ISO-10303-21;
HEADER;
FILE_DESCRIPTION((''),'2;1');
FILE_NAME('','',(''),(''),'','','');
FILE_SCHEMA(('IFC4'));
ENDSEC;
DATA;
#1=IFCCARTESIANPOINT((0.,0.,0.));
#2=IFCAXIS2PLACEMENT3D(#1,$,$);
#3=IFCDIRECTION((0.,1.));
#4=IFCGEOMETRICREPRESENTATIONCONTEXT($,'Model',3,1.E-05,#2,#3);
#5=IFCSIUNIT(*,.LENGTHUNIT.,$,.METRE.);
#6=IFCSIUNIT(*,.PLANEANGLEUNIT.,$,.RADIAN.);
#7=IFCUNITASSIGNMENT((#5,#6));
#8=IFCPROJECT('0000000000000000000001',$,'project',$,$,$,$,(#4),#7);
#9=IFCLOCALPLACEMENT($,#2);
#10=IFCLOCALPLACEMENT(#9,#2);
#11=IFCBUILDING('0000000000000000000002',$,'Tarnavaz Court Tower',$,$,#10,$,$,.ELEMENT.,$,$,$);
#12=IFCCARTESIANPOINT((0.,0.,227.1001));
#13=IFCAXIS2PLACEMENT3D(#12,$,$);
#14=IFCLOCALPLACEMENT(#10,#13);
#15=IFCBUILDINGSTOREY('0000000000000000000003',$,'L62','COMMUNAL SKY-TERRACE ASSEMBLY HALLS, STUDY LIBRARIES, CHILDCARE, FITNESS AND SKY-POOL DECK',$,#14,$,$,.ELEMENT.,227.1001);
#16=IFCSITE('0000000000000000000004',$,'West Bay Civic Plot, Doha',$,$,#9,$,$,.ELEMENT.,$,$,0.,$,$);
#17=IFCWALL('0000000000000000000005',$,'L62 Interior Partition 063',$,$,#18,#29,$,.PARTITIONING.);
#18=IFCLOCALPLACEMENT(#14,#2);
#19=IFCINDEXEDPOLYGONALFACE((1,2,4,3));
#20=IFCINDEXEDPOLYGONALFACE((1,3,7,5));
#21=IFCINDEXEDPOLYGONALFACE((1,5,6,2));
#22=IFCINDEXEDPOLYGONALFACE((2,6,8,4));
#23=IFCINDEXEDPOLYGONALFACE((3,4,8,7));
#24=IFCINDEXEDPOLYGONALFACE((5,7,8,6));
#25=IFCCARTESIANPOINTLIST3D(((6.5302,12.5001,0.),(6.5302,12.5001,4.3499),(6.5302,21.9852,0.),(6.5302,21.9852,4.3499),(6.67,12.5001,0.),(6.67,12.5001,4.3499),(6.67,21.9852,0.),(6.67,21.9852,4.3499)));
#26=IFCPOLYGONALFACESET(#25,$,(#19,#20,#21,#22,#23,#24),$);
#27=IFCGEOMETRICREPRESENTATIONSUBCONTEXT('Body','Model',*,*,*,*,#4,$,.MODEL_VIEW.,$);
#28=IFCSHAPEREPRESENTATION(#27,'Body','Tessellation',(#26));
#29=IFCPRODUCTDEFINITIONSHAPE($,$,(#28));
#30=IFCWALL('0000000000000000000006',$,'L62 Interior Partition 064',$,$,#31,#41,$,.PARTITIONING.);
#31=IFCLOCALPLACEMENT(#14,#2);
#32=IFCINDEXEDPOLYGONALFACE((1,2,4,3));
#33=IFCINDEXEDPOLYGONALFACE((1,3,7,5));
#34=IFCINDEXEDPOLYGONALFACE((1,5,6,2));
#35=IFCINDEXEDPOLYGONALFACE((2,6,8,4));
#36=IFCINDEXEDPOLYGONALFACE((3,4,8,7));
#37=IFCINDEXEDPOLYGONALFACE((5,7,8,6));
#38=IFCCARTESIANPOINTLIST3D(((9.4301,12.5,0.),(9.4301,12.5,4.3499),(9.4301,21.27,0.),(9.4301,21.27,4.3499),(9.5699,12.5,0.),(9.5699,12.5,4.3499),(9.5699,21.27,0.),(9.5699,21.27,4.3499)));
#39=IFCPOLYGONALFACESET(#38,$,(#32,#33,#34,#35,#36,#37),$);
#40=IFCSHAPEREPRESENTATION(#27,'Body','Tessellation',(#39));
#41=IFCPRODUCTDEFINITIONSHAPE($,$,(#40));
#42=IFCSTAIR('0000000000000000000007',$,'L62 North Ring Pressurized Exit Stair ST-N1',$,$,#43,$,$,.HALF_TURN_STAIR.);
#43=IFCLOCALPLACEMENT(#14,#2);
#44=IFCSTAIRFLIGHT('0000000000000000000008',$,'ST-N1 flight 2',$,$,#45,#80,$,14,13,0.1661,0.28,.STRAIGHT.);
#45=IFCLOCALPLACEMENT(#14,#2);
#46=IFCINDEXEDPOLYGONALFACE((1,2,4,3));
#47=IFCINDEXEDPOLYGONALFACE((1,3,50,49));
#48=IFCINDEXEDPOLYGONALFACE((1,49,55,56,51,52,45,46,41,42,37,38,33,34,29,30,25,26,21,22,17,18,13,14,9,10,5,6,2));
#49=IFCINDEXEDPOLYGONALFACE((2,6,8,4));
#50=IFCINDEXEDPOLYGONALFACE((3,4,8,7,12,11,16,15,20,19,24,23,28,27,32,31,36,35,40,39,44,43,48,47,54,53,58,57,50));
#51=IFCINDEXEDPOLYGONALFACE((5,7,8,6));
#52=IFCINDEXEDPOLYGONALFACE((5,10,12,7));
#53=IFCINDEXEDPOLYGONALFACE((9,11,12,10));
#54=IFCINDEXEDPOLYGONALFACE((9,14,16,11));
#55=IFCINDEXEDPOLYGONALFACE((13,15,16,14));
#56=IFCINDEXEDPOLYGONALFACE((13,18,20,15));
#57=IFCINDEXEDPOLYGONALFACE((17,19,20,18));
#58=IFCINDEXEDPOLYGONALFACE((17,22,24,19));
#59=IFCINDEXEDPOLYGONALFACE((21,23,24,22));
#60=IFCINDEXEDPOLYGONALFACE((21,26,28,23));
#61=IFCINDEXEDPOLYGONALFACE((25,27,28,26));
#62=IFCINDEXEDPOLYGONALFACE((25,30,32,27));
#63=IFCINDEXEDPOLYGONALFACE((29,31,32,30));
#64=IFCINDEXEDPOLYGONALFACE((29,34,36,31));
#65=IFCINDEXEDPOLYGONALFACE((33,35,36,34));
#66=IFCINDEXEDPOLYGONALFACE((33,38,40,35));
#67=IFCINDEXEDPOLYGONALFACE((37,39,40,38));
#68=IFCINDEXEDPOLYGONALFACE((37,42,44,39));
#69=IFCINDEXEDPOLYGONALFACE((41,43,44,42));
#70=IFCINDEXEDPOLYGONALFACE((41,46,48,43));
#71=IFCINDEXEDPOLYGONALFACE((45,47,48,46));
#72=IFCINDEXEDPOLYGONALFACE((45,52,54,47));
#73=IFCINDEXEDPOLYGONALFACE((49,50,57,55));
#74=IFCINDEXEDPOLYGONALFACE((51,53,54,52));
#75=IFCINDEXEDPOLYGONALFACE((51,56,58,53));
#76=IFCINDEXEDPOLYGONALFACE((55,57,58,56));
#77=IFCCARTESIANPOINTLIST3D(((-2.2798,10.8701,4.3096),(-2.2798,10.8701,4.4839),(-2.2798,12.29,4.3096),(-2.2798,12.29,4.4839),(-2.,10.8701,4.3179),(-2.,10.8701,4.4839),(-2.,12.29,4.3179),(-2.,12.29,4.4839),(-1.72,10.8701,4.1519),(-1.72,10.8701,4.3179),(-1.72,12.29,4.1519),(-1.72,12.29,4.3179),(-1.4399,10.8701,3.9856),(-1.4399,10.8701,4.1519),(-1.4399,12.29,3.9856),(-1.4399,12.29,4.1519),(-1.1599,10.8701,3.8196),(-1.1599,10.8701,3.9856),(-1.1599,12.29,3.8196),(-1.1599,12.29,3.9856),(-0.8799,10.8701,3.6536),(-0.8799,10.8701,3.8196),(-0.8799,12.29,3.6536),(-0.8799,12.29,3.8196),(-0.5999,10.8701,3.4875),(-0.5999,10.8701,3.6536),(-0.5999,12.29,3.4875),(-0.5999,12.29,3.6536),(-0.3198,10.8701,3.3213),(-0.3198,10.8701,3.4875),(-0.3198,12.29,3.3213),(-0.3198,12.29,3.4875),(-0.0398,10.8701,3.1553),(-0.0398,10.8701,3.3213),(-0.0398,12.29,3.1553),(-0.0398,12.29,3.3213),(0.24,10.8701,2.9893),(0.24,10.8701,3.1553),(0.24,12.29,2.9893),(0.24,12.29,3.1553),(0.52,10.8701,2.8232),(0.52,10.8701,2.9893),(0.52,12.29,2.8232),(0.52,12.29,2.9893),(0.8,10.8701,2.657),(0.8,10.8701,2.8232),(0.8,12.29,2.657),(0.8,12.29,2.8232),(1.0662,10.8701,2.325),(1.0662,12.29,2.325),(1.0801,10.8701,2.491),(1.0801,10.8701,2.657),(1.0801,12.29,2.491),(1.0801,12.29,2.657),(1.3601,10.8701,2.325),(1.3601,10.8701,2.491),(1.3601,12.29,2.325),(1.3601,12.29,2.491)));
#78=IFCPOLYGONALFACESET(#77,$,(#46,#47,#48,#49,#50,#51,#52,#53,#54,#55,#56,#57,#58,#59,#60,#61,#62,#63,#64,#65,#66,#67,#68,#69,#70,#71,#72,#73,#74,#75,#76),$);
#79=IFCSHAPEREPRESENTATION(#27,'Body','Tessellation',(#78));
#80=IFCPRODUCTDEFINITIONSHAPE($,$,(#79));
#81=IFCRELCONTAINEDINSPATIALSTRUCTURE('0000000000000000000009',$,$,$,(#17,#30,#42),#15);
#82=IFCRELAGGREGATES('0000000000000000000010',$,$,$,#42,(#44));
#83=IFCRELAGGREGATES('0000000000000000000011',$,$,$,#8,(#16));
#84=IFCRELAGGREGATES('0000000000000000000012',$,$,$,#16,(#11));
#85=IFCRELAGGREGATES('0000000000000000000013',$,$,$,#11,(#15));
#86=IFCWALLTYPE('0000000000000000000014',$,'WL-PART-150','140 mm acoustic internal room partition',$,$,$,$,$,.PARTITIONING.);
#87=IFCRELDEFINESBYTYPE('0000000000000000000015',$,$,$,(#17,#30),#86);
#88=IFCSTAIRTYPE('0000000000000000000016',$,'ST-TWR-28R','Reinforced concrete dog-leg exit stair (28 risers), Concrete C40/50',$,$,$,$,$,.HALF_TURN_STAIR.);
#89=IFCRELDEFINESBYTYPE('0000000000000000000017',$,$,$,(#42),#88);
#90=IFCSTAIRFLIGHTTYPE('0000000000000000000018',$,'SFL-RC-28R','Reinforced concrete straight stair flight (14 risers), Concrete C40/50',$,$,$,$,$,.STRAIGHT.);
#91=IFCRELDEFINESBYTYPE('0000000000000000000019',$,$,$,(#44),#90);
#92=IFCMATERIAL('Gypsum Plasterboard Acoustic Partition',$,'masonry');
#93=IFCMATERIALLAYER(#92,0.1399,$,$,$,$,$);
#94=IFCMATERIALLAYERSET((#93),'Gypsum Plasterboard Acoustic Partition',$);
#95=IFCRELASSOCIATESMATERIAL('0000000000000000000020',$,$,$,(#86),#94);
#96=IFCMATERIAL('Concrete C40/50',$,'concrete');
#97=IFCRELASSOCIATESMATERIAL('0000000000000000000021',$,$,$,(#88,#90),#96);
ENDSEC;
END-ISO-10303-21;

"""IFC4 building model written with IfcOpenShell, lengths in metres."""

from ifc_helpers import new_model, si_unit, direction, frame, frame_2d, origin, place, context, subcontext, project, spatial, polyline, rectangle, outline, extrude, material, layer, layer_set, type_object, element, aggregate, save


model = new_model("IFC4")

# Units and contexts
model_context = context("Model", 3, precision=1e-05, world=origin(), true_north=direction((0.0, 1.0)))
body_context = subcontext(model_context, "Body", "Model", "MODEL_VIEW")
ifc_project = project(units=[si_unit("LENGTHUNIT", "METRE"), si_unit("PLANEANGLEUNIT", "RADIAN")], contexts=[model_context])

# Site, building, storey
site_placement = place(None, origin())
site = spatial("IfcSite", under=ifc_project, at=site_placement, Name="West Bay Civic Plot, Doha", CompositionType="ELEMENT", RefElevation=0.0)
building_placement = place(site_placement, origin())
building = spatial("IfcBuilding", under=site, at=building_placement, Name="Tarnavaz Court Tower", CompositionType="ELEMENT")
storey_placement = place(building_placement, frame((0.0, 0.0, 227.1001)))
storey = spatial("IfcBuildingStorey", under=building, at=storey_placement, Name="L62", Description="COMMUNAL SKY-TERRACE ASSEMBLY HALLS, STUDY LIBRARIES, CHILDCARE, FITNESS AND SKY-POOL DECK", CompositionType="ELEMENT", Elevation=227.1001)

# Walls
ifc_material_1 = material(Name="Gypsum Plasterboard Acoustic Partition", Category="masonry")
ifc_layer_1 = layer(ifc_material_1, 0.1399)
ifc_layer_set_1 = layer_set([ifc_layer_1], Name="Gypsum Plasterboard Acoustic Partition")
wall_type_1 = type_object("IfcWallType", Name="WL-PART-150", Description="140 mm acoustic internal room partition", PredefinedType="PARTITIONING", material=ifc_layer_set_1)
wall_1_placement = place(storey_placement, frame((6.6001, 12.5, 0.0), z_axis=(0.0, 0.0, 1.0), x_axis=(0.0, 1.0, 0.0)))
element("IfcWall", 1, at=wall_1_placement, inside=storey, type_object=wall_type_1, Name="L62 Interior Partition 063", PredefinedType="PARTITIONING", context=body_context, shape_type="SweptSolid", body=[
    extrude(rectangle(XDim=9.4851, YDim=0.1399, at=frame_2d((4.7427, 0.0))), origin(), (0.0, 0.0, 1.0), 4.3499),
])
wall_2_placement = place(storey_placement, frame((9.5, 12.5, 0.0), z_axis=(0.0, 0.0, 1.0), x_axis=(0.0, 1.0, 0.0)))
element("IfcWall", 2, at=wall_2_placement, inside=storey, type_object=wall_type_1, Name="L62 Interior Partition 064", PredefinedType="PARTITIONING", context=body_context, shape_type="SweptSolid", body=[
    extrude(rectangle(XDim=8.77, YDim=0.1399, at=frame_2d((4.385, 0.0))), origin(), (0.0, 0.0, 1.0), 4.3499),
])

# Stair, stair flight
ifc_material_2 = material(Name="Concrete C40/50", Category="concrete")
stair_type = type_object("IfcStairType", Name="ST-TWR-28R", Description="Reinforced concrete dog-leg exit stair (28 risers), Concrete C40/50", PredefinedType="HALF_TURN_STAIR", material=ifc_material_2)
stair_placement = place(storey_placement, origin())
stair = element("IfcStair", 3, at=stair_placement, inside=storey, type_object=stair_type, Name="L62 North Ring Pressurized Exit Stair ST-N1", PredefinedType="HALF_TURN_STAIR")
stair_flight_type = type_object("IfcStairFlightType", Name="SFL-RC-28R", Description="Reinforced concrete straight stair flight (14 risers), Concrete C40/50", PredefinedType="STRAIGHT", material=ifc_material_2)
stair_flight_placement = place(storey_placement, frame((1.3601, 11.5801, 2.325), z_axis=(0.0, 0.0, 1.0), x_axis=(-1.0, 0.0, 0.0)))
stair_flight = element("IfcStairFlight", 4, at=stair_flight_placement, type_object=stair_flight_type, Name="ST-N1 flight 2", NumberOfRisers=14, NumberOfTreads=13, PredefinedType="STRAIGHT", RiserHeight=0.1661, TreadLength=0.28, context=body_context, shape_type="SweptSolid", body=[
    extrude(outline(polyline([(0.0, 0.0), (0.0, 0.166), (0.28, 0.166), (0.28, 0.332), (0.5601, 0.332), (0.5601, 0.4983), (0.8401, 0.4983), (0.8401, 0.6643), (1.1201, 0.6643), (1.1201, 0.8303), (1.3999, 0.8303), (1.3999, 0.9963), (1.6799, 0.9963), (1.6799, 1.1626), (1.96, 1.1626), (1.96, 1.3286), (2.24, 1.3286), (2.24, 1.4946), (2.52, 1.4946), (2.52, 1.6606), (2.8, 1.6606), (2.8, 1.8269), (3.0801, 1.8269), (3.0801, 1.9929), (3.3601, 1.9929), (3.3601, 2.1589), (3.6399, 2.1589), (3.6399, 2.325), (3.6399, 1.9846), (0.2939, 0.0), (0.0, 0.0)])), frame((0.0, 0.71, 0.0), z_axis=(0.0, -1.0, 0.0), x_axis=(1.0, 0.0, 0.0)), (0.0, 0.0, 1.0), 1.4199),
])
aggregate(stair, [stair_flight])

save(model, "model.ifc")
